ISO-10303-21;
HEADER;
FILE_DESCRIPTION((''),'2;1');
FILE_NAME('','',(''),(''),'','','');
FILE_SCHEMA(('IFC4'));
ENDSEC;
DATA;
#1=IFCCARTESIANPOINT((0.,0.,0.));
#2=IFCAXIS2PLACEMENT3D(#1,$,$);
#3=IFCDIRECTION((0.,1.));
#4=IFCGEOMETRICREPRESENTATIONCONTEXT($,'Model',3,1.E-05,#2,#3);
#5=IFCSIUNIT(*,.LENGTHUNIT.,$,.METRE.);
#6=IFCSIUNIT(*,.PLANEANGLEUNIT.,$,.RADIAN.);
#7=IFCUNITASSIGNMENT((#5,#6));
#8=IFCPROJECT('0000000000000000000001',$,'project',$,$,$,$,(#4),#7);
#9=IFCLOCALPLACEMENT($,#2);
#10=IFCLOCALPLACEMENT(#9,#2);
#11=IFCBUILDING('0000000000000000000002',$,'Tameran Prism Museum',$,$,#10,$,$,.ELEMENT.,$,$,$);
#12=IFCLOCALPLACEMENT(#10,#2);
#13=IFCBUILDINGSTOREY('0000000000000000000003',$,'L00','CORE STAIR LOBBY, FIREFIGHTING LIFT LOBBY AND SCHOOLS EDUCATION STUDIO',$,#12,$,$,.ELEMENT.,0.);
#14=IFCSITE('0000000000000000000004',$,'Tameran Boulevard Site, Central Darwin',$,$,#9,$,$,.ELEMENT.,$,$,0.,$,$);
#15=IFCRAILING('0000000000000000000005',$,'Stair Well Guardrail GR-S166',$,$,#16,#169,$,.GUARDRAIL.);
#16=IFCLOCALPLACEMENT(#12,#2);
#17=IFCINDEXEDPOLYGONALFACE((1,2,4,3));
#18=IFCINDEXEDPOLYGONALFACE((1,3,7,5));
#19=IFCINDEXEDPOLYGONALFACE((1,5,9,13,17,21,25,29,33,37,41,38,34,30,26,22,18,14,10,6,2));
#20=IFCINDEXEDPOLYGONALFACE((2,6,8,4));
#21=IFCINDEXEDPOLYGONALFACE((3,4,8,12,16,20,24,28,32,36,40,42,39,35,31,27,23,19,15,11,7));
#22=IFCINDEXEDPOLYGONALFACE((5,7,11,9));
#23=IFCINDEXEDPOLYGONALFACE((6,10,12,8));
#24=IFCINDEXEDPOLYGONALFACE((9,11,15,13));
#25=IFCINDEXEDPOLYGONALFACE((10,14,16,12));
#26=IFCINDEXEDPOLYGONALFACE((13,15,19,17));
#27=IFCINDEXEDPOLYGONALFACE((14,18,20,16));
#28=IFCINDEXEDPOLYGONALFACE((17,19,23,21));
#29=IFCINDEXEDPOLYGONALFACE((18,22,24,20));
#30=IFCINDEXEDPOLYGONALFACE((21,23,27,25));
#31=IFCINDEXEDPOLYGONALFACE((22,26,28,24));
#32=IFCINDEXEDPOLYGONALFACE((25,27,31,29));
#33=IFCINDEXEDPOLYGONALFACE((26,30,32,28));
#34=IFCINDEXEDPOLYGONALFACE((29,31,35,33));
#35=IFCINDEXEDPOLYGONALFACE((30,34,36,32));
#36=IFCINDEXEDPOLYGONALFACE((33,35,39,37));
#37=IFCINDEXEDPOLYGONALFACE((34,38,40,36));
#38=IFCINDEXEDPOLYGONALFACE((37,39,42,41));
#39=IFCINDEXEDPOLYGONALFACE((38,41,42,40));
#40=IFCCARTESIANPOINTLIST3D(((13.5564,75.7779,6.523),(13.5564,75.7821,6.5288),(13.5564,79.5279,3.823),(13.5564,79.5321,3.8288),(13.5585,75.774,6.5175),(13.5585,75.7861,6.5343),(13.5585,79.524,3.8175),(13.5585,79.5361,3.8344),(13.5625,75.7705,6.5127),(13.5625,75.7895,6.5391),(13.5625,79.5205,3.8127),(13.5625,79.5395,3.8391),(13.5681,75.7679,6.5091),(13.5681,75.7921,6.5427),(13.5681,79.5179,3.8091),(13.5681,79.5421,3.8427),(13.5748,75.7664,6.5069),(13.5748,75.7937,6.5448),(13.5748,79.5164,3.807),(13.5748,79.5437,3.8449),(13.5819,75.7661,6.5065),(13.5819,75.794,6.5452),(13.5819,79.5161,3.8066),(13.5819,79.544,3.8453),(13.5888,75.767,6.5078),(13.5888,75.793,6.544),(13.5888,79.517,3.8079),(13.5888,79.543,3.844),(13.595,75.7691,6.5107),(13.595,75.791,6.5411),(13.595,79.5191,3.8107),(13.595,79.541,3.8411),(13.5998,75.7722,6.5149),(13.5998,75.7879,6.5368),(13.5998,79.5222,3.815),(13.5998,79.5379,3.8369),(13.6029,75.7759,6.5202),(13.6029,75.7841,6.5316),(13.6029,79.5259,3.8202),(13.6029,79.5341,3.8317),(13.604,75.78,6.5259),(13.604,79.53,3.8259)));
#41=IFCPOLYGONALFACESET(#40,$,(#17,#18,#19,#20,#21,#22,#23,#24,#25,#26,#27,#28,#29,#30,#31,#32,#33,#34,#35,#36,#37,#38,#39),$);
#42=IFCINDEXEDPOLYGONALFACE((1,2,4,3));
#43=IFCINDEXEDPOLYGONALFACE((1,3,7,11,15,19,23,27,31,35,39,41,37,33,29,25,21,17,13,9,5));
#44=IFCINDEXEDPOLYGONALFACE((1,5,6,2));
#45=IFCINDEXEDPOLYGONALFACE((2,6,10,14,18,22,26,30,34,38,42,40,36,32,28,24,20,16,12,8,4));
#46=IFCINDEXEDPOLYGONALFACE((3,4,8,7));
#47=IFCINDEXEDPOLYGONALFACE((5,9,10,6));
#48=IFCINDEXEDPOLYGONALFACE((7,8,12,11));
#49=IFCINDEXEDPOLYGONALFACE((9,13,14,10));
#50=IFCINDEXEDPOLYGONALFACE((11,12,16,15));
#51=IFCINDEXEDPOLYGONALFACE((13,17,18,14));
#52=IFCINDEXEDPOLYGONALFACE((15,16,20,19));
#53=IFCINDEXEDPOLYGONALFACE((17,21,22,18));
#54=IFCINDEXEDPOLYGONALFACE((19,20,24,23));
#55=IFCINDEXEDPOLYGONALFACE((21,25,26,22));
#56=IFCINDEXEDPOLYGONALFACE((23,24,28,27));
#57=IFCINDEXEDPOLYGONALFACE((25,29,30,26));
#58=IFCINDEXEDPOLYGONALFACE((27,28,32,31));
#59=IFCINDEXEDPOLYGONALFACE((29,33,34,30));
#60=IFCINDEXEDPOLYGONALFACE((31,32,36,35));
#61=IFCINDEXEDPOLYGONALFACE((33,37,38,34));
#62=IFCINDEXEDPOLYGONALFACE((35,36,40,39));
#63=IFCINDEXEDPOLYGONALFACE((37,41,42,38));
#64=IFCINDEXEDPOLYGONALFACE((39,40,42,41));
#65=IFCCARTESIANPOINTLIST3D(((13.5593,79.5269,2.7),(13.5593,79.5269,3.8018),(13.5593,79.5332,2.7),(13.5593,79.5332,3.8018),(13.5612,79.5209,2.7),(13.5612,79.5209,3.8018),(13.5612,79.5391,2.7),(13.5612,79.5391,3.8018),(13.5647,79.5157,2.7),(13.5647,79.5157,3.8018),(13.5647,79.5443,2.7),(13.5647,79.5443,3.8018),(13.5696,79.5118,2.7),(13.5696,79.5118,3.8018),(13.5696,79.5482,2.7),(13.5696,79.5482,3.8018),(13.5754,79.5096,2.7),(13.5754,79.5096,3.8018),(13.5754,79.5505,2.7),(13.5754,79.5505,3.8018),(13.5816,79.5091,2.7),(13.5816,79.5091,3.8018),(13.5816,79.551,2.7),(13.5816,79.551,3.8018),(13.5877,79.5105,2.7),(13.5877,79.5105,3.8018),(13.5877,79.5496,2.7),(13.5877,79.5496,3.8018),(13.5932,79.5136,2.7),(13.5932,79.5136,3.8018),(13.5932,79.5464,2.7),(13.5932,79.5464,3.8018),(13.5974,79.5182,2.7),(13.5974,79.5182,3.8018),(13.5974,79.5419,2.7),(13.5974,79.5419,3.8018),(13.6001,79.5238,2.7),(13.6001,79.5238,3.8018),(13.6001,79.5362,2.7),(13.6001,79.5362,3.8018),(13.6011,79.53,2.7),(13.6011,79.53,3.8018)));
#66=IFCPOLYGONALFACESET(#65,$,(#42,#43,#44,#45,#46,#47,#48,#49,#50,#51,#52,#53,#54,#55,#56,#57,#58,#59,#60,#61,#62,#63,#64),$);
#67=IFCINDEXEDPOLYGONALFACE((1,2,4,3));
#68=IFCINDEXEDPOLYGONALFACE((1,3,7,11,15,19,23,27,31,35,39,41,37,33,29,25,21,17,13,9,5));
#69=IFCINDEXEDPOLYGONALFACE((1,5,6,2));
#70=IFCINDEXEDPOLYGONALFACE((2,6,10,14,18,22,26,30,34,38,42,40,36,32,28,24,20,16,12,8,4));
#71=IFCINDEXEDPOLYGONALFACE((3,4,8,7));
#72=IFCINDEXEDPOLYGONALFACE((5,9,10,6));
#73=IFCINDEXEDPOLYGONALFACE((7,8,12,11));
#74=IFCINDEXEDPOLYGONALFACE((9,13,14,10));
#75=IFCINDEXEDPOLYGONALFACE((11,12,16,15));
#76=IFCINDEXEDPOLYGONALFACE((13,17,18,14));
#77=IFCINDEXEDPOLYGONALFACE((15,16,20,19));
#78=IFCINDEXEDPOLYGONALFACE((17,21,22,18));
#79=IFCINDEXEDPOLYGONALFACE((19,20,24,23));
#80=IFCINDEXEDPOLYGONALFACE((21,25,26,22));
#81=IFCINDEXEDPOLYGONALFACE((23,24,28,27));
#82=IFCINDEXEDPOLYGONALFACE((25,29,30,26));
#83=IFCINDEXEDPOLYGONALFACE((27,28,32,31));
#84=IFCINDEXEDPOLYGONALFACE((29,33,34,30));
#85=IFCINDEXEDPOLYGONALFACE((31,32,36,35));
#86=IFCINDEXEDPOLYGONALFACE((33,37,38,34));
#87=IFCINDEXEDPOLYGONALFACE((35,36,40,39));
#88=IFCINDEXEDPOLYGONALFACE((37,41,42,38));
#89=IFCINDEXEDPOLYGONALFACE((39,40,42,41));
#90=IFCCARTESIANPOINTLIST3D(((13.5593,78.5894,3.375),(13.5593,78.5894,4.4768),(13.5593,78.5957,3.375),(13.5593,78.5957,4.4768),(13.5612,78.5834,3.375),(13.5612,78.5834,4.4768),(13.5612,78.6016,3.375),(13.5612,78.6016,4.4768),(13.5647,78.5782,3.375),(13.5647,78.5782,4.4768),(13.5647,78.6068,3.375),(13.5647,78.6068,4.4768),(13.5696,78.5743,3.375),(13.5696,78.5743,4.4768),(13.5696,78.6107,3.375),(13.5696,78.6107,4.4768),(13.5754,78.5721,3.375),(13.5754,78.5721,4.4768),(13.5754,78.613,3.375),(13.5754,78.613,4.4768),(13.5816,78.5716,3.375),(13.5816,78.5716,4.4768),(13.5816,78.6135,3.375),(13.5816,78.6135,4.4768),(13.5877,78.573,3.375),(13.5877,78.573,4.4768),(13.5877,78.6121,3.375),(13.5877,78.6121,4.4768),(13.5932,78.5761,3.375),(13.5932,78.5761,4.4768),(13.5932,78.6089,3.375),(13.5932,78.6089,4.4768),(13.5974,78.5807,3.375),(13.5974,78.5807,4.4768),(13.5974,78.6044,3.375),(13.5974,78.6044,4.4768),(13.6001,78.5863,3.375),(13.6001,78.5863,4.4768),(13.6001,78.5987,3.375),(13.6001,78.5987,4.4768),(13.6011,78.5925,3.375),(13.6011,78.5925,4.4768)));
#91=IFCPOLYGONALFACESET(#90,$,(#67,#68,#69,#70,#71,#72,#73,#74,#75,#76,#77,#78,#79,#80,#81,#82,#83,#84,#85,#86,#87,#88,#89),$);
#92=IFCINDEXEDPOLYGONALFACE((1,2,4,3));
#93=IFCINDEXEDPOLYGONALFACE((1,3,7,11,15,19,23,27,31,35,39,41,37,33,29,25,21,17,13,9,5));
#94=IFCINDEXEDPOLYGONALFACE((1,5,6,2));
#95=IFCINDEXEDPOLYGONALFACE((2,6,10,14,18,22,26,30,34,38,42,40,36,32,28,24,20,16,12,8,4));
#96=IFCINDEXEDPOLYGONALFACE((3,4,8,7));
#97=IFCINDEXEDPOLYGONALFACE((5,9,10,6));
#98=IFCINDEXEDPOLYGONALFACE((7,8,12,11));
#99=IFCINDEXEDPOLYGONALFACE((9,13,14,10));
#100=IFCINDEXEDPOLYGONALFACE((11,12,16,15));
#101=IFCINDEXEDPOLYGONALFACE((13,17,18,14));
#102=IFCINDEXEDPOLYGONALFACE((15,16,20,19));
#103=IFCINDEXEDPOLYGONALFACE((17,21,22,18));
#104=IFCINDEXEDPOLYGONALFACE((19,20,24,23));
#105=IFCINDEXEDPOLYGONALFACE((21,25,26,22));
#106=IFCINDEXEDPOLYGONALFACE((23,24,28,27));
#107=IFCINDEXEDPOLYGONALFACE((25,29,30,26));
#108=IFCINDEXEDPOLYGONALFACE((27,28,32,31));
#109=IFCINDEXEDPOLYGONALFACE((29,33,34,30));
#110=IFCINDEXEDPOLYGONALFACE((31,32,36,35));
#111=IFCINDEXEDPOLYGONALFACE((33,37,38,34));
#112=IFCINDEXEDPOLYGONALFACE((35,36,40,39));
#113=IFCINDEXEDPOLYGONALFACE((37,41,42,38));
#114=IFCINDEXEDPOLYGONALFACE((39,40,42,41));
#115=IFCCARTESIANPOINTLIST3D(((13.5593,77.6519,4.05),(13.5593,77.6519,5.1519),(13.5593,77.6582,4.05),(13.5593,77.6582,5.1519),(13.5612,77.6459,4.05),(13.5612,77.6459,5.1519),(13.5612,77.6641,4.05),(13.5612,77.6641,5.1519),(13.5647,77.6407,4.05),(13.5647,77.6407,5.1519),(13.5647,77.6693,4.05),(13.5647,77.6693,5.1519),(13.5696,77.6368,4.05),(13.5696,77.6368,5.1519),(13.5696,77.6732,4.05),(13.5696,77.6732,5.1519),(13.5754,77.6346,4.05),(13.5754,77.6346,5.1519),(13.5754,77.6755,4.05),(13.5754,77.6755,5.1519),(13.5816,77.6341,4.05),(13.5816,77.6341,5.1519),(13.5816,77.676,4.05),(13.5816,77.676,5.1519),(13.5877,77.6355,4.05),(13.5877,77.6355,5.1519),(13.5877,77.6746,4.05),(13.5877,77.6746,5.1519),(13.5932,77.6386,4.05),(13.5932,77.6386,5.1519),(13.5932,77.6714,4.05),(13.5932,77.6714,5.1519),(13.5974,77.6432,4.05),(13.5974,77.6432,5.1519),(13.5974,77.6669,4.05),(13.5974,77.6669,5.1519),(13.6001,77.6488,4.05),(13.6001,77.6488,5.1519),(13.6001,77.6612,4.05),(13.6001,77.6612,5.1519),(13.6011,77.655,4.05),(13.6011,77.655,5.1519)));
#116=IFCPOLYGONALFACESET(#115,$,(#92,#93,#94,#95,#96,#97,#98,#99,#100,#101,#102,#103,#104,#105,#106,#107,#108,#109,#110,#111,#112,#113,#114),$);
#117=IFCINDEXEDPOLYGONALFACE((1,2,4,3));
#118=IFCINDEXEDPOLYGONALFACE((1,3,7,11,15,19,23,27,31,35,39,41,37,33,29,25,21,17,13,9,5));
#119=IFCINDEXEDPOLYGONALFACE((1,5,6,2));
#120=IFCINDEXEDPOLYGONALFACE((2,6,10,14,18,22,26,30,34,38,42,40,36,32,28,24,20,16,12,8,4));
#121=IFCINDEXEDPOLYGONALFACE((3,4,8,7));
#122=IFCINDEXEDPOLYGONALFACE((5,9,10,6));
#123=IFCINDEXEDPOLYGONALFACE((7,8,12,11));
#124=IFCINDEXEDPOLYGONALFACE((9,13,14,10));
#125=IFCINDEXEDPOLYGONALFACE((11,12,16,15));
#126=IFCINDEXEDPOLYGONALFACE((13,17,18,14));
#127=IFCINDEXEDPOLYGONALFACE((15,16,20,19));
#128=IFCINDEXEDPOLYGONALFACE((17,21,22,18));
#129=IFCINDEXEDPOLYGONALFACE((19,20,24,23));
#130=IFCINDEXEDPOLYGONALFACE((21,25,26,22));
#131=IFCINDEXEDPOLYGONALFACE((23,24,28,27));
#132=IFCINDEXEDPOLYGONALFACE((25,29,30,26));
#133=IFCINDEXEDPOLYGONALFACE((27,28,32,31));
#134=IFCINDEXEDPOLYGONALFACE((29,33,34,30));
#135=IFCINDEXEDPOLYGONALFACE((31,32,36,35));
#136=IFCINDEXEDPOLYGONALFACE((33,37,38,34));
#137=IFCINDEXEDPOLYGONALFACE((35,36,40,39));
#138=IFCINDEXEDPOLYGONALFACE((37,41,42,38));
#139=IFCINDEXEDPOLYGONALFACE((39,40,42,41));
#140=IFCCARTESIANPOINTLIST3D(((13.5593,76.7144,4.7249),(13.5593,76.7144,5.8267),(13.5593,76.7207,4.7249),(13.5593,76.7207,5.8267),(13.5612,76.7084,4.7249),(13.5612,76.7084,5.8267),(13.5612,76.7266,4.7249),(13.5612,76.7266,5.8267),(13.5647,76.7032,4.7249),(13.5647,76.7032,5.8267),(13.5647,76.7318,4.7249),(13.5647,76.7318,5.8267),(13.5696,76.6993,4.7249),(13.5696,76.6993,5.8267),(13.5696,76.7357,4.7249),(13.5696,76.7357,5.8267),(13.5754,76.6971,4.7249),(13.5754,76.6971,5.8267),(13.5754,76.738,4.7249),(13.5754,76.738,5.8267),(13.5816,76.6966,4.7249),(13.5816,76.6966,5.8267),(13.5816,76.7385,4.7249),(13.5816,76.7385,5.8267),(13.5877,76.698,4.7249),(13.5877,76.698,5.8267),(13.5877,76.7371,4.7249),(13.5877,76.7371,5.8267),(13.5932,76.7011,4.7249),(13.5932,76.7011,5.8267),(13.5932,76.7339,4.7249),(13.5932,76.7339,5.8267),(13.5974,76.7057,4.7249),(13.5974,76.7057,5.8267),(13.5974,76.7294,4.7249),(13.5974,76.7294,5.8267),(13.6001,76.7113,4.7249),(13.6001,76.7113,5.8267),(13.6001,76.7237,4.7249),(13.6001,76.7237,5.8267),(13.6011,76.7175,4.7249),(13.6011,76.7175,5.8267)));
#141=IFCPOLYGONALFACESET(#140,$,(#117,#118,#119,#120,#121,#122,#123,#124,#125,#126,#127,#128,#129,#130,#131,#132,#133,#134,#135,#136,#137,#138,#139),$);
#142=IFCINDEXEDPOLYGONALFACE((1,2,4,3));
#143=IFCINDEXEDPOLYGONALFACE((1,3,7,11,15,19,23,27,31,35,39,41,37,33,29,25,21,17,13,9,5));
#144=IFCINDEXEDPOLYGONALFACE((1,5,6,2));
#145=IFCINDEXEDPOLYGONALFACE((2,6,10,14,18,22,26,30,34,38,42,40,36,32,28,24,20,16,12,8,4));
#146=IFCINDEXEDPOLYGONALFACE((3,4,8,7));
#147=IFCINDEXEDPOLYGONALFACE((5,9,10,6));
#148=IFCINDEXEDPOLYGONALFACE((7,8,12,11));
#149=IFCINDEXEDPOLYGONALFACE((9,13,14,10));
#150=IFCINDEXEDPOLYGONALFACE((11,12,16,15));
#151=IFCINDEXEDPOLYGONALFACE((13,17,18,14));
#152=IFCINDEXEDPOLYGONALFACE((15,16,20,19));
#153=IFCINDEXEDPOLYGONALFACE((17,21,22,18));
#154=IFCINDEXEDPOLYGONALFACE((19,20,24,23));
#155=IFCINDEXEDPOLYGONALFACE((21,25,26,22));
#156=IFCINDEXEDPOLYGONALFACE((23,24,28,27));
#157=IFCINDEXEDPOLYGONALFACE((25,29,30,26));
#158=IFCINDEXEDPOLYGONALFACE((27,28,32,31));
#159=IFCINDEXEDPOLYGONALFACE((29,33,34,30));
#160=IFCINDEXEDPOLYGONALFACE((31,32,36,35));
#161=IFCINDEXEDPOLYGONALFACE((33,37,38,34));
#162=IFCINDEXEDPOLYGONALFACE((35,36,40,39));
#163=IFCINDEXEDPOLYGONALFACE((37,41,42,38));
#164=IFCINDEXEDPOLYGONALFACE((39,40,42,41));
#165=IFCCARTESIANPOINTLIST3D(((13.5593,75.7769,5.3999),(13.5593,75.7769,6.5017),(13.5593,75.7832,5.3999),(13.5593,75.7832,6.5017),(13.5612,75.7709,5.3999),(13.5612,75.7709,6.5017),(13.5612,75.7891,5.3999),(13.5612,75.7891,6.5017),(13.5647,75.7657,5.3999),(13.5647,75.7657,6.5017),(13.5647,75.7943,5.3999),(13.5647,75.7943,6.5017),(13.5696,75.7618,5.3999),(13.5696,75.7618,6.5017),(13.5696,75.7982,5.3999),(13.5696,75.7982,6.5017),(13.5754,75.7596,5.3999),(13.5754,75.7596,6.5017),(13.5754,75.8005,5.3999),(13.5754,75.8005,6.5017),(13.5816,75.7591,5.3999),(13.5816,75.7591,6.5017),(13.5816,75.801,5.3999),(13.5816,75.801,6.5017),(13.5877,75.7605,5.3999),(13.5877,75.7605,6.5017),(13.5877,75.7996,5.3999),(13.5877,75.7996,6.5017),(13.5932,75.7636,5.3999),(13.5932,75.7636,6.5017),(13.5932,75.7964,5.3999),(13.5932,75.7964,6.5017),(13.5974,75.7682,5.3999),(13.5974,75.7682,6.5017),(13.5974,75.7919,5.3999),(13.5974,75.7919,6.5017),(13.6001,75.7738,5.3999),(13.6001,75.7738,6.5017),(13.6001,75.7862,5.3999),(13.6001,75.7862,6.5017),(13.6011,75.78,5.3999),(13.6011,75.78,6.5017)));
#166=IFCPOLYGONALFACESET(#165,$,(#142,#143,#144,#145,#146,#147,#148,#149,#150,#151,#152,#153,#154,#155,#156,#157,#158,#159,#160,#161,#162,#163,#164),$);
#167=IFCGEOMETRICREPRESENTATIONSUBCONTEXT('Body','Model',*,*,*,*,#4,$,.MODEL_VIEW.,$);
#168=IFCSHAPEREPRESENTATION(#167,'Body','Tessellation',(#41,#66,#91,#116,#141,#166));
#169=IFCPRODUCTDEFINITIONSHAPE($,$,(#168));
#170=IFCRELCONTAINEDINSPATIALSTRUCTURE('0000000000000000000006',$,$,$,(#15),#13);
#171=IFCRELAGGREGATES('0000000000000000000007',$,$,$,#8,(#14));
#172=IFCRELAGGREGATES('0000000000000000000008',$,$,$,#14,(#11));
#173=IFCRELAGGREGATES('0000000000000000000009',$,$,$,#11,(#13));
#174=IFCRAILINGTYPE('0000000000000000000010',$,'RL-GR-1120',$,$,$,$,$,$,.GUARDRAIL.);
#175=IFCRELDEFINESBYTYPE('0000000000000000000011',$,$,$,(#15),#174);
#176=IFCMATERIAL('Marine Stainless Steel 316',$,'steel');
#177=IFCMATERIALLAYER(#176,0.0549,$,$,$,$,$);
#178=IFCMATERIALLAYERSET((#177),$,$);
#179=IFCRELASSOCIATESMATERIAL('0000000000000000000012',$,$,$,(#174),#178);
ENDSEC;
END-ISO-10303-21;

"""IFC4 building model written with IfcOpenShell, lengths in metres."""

from ifc_helpers import new_model, si_unit, direction, frame, origin, origin_2d, place, context, subcontext, project, spatial, circle, extrude, material, layer, layer_set, type_object, element, save


model = new_model("IFC4")

# Units and contexts
model_context = context("Model", 3, precision=1e-05, world=origin(), true_north=direction((0.0, 1.0)))
body_context = subcontext(model_context, "Body", "Model", "MODEL_VIEW")
ifc_project = project(units=[si_unit("LENGTHUNIT", "METRE"), si_unit("PLANEANGLEUNIT", "RADIAN")], contexts=[model_context])

# Site, building, storey
site_placement = place(None, origin())
site = spatial("IfcSite", under=ifc_project, at=site_placement, Name="Tameran Boulevard Site, Central Darwin", CompositionType="ELEMENT", RefElevation=0.0)
building_placement = place(site_placement, origin())
building = spatial("IfcBuilding", under=site, at=building_placement, Name="Tameran Prism Museum", CompositionType="ELEMENT")
storey_placement = place(building_placement, origin())
storey = spatial("IfcBuildingStorey", under=building, at=storey_placement, Name="L00", Description="CORE STAIR LOBBY, FIREFIGHTING LIFT LOBBY AND SCHOOLS EDUCATION STUDIO", CompositionType="ELEMENT", Elevation=0.0)

# Railing
ifc_material_1 = material(Name="Marine Stainless Steel 316", Category="steel")
ifc_layer_1 = layer(ifc_material_1, 0.0549)
ifc_layer_set_1 = layer_set([ifc_layer_1])
railing_type_1 = type_object("IfcRailingType", Name="RL-GR-1120", PredefinedType="GUARDRAIL", material=ifc_layer_set_1)
railing_1_placement = place(storey_placement, frame((13.5801, 79.53, 2.7)))
element("IfcRailing", 1, at=railing_1_placement, inside=storey, type_object=railing_type_1, Name="Stair Well Guardrail GR-S166", PredefinedType="GUARDRAIL", context=body_context, shape_type="SweptSolid", body=[
    extrude(circle(Radius=0.0239, at=origin_2d()), frame((0.0, 0.0, 1.126), z_axis=(0.0, -0.811539, 0.584298), x_axis=(1.0, 0.0, 0.0)), (0.0, 0.0, 1.0), 4.6208),
    extrude(circle(Radius=0.021, at=origin_2d()), origin(), (0.0, 0.0, 1.0), 1.1018),
    extrude(circle(Radius=0.021, at=origin_2d()), frame((0.0, -0.9375, 0.675)), (0.0, 0.0, 1.0), 1.1018),
    extrude(circle(Radius=0.021, at=origin_2d()), frame((0.0, -1.875, 1.3501)), (0.0, 0.0, 1.0), 1.1018),
    extrude(circle(Radius=0.021, at=origin_2d()), frame((0.0, -2.8125, 2.0249)), (0.0, 0.0, 1.0), 1.1018),
    extrude(circle(Radius=0.021, at=origin_2d()), frame((0.0, -3.75, 2.7)), (0.0, 0.0, 1.0), 1.1018),
])

save(model, "model.ifc")
